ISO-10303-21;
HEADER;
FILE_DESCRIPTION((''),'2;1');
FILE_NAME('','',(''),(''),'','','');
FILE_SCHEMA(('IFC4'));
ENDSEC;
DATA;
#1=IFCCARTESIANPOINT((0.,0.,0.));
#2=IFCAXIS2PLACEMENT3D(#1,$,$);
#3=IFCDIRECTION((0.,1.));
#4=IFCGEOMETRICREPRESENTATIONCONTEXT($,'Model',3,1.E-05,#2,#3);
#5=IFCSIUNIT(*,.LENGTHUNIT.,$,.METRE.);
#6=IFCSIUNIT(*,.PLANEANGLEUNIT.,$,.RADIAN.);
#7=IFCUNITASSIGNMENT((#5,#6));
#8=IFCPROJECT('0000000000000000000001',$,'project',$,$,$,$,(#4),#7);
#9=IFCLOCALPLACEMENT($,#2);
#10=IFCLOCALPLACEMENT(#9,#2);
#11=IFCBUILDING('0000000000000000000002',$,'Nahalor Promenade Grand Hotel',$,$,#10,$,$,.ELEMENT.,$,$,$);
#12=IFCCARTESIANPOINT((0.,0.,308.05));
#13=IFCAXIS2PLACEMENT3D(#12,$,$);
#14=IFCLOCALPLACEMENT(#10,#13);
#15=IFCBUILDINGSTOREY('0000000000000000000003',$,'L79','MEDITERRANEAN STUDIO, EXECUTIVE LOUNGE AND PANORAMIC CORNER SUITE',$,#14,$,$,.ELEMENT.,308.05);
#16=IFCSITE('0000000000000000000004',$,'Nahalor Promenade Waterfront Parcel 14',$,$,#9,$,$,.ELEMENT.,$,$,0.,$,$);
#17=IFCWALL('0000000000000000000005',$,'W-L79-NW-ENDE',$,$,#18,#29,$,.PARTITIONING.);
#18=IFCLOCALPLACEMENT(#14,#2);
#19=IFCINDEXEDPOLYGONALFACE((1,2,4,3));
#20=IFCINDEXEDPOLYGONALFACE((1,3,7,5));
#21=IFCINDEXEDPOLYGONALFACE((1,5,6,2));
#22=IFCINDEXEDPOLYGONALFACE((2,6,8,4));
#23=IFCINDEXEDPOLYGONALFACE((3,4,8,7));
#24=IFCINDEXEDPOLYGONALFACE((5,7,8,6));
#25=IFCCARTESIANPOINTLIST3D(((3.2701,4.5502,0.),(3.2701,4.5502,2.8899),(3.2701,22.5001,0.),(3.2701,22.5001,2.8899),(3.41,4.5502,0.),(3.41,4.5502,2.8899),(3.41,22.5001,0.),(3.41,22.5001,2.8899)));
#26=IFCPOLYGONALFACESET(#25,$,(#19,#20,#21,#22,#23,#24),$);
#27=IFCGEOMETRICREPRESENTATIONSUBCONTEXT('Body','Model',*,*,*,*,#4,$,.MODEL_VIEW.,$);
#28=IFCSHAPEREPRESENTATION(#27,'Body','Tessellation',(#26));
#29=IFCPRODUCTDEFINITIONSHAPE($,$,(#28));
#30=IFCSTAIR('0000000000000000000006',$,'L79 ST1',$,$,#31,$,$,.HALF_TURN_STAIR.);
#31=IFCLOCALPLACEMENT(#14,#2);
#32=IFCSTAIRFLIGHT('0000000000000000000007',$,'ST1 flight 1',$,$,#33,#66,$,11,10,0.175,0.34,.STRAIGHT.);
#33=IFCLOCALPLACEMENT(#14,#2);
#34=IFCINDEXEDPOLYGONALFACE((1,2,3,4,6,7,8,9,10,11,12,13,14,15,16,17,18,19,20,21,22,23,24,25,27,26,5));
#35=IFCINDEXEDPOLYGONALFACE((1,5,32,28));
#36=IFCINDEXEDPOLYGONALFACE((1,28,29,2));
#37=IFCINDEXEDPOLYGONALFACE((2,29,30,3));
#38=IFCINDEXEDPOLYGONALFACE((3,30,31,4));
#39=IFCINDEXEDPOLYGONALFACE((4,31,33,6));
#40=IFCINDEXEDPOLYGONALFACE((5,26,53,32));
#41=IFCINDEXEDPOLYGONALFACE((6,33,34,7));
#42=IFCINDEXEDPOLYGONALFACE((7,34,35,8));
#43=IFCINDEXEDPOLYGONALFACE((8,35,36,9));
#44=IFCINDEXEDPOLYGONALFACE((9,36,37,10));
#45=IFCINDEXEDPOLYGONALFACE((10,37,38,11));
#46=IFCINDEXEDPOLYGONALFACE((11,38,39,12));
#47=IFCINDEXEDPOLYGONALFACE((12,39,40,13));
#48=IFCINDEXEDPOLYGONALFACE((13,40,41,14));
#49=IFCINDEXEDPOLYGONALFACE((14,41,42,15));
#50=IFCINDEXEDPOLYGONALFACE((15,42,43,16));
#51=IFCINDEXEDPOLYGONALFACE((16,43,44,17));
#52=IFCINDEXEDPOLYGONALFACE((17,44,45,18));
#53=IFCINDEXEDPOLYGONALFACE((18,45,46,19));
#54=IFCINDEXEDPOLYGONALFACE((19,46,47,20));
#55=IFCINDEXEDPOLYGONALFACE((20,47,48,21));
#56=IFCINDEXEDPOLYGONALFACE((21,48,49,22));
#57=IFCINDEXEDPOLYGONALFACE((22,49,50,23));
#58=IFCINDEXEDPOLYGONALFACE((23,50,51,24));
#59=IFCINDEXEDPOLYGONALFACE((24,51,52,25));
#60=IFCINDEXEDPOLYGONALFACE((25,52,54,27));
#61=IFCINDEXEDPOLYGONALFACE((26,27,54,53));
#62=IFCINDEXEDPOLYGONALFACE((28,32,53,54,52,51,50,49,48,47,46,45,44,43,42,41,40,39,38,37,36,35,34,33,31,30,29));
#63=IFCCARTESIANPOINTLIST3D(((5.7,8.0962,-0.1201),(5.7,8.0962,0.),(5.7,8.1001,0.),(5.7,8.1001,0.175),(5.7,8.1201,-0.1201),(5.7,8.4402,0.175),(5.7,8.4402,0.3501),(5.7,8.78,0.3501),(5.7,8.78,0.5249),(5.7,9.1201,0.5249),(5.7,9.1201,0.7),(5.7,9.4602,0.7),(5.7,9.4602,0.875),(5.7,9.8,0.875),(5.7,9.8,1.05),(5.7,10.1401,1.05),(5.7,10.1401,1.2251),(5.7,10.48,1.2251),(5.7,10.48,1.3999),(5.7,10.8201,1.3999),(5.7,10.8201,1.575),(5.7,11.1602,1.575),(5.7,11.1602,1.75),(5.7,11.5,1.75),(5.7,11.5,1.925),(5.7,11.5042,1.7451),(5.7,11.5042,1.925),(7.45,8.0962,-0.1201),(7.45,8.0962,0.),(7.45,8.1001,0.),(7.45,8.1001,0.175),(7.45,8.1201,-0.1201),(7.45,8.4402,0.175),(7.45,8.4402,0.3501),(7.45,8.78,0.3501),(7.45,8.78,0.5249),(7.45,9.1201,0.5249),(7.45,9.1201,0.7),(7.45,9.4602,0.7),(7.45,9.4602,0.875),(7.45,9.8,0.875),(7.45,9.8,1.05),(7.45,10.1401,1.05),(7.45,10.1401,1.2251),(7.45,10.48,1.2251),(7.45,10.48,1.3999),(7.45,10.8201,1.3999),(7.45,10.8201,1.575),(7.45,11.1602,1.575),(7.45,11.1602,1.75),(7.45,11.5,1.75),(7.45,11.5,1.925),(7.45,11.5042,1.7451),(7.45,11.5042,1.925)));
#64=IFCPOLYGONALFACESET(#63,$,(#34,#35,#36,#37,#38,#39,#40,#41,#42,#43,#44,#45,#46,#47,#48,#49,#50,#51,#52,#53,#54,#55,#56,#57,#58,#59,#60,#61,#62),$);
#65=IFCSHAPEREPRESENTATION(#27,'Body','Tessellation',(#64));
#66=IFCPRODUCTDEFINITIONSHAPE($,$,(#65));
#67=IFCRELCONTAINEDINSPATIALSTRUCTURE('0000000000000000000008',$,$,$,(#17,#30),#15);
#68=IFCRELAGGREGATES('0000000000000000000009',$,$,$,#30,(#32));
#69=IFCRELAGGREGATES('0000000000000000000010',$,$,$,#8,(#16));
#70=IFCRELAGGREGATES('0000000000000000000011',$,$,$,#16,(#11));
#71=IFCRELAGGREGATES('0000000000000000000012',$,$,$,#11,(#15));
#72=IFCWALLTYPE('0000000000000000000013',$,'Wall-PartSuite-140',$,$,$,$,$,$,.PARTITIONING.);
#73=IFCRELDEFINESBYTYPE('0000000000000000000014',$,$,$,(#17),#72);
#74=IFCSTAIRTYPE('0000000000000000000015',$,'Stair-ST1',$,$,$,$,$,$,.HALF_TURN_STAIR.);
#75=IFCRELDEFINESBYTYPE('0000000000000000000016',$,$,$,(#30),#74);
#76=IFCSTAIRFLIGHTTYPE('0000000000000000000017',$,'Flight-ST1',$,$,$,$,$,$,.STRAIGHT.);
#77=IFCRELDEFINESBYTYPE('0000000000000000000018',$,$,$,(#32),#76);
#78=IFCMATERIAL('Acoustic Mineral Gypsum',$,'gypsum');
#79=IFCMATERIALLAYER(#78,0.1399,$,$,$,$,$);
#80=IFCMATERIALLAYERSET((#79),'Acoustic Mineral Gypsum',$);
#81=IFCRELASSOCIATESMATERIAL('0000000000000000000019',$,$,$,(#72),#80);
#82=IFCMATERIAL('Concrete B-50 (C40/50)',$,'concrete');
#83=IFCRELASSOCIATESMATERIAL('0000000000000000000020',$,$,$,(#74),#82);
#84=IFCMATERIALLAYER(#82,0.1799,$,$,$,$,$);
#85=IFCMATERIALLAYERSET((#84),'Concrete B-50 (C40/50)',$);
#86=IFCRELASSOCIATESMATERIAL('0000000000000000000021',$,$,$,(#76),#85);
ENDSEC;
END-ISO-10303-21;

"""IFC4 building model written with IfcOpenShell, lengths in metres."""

from ifc_helpers import new_model, si_unit, direction, frame, frame_2d, origin, place, context, subcontext, project, spatial, polyline, rectangle, outline, extrude, source, transform, mapped, material, layer, layer_set, type_object, element, aggregate, save


model = new_model("IFC4")

# Units and contexts
model_context = context("Model", 3, precision=1e-05, world=origin(), true_north=direction((0.0, 1.0)))
body_context = subcontext(model_context, "Body", "Model", "MODEL_VIEW")
ifc_project = project(units=[si_unit("LENGTHUNIT", "METRE"), si_unit("PLANEANGLEUNIT", "RADIAN")], contexts=[model_context])

# Site, building, storey
site_placement = place(None, origin())
site = spatial("IfcSite", under=ifc_project, at=site_placement, Name="Nahalor Promenade Waterfront Parcel 14", CompositionType="ELEMENT", RefElevation=0.0)
building_placement = place(site_placement, origin())
building = spatial("IfcBuilding", under=site, at=building_placement, Name="Nahalor Promenade Grand Hotel", CompositionType="ELEMENT")
storey_placement = place(building_placement, frame((0.0, 0.0, 308.05)))
storey = spatial("IfcBuildingStorey", under=building, at=storey_placement, Name="L79", Description="MEDITERRANEAN STUDIO, EXECUTIVE LOUNGE AND PANORAMIC CORNER SUITE", CompositionType="ELEMENT", Elevation=308.05)

# Shared definitions
ifc_material_1 = material(Name="Concrete B-50 (C40/50)", Category="concrete")

# Wall
ifc_material_2 = material(Name="Acoustic Mineral Gypsum", Category="gypsum")
ifc_layer_1 = layer(ifc_material_2, 0.1399)
ifc_layer_set_1 = layer_set([ifc_layer_1], Name="Acoustic Mineral Gypsum")
wall_type_1 = type_object("IfcWallType", Name="Wall-PartSuite-140", PredefinedType="PARTITIONING", material=ifc_layer_set_1)
shared_shape_1 = source(origin(), body_context, "Body", "SweptSolid", [
    extrude(rectangle(XDim=17.95, YDim=0.1399, at=frame_2d((8.9751, 0.0))), origin(), (0.0, 0.0, 1.0), 2.8899),
])
wall_1_placement = place(storey_placement, frame((3.3401, 4.55, 0.0), z_axis=(0.0, 0.0, 1.0), x_axis=(0.0, 1.0, 0.0)))
element("IfcWall", 1, at=wall_1_placement, inside=storey, type_object=wall_type_1, Name="W-L79-NW-ENDE", PredefinedType="PARTITIONING", context=body_context, shape_type="MappedRepresentation", body=[
    mapped(shared_shape_1, transform((0.0, 0.0, 0.0), scale=1.0)),
])

# Stair, stair flight
stair_type = type_object("IfcStairType", Name="Stair-ST1", PredefinedType="HALF_TURN_STAIR", material=ifc_material_1)
stair_placement = place(storey_placement, origin())
stair = element("IfcStair", 2, at=stair_placement, inside=storey, type_object=stair_type, Name="L79 ST1", PredefinedType="HALF_TURN_STAIR")
ifc_layer_2 = layer(ifc_material_1, 0.1799)
ifc_layer_set_2 = layer_set([ifc_layer_2], Name="Concrete B-50 (C40/50)")
stair_flight_type = type_object("IfcStairFlightType", Name="Flight-ST1", PredefinedType="STRAIGHT", material=ifc_layer_set_2)
shared_shape_2 = source(origin(), body_context, "Body", "SweptSolid", [
    extrude(outline(polyline([(-0.0039, -0.1201), (-0.0039, 0.0), (0.0, 0.0), (0.0, 0.175), (0.3401, 0.175), (0.3401, 0.3501), (0.6799, 0.3501), (0.6799, 0.5249), (1.02, 0.5249), (1.02, 0.7), (1.3601, 0.7), (1.3601, 0.875), (1.7, 0.875), (1.7, 1.05), (2.04, 1.05), (2.04, 1.2251), (2.3799, 1.2251), (2.3799, 1.3999), (2.72, 1.3999), (2.72, 1.575), (3.0601, 1.575), (3.0601, 1.75), (3.3999, 1.75), (3.3999, 1.925), (3.4041, 1.925), (3.4041, 1.7451), (0.02, -0.1201), (-0.0039, -0.1201)])), frame((0.0, 0.875, 0.0), z_axis=(0.0, -1.0, 0.0), x_axis=(1.0, 0.0, 0.0)), (0.0, 0.0, 1.0), 1.75),
])
stair_flight_placement = place(storey_placement, frame((6.575, 8.1001, 0.0), z_axis=(0.0, 0.0, 1.0), x_axis=(0.0, 1.0, 0.0)))
stair_flight = element("IfcStairFlight", 3, at=stair_flight_placement, type_object=stair_flight_type, Name="ST1 flight 1", NumberOfRisers=11, NumberOfTreads=10, PredefinedType="STRAIGHT", RiserHeight=0.175, TreadLength=0.34, context=body_context, shape_type="MappedRepresentation", body=[
    mapped(shared_shape_2, transform((0.0, 0.0, 0.0), scale=1.0)),
])
aggregate(stair, [stair_flight])

save(model, "model.ifc")
